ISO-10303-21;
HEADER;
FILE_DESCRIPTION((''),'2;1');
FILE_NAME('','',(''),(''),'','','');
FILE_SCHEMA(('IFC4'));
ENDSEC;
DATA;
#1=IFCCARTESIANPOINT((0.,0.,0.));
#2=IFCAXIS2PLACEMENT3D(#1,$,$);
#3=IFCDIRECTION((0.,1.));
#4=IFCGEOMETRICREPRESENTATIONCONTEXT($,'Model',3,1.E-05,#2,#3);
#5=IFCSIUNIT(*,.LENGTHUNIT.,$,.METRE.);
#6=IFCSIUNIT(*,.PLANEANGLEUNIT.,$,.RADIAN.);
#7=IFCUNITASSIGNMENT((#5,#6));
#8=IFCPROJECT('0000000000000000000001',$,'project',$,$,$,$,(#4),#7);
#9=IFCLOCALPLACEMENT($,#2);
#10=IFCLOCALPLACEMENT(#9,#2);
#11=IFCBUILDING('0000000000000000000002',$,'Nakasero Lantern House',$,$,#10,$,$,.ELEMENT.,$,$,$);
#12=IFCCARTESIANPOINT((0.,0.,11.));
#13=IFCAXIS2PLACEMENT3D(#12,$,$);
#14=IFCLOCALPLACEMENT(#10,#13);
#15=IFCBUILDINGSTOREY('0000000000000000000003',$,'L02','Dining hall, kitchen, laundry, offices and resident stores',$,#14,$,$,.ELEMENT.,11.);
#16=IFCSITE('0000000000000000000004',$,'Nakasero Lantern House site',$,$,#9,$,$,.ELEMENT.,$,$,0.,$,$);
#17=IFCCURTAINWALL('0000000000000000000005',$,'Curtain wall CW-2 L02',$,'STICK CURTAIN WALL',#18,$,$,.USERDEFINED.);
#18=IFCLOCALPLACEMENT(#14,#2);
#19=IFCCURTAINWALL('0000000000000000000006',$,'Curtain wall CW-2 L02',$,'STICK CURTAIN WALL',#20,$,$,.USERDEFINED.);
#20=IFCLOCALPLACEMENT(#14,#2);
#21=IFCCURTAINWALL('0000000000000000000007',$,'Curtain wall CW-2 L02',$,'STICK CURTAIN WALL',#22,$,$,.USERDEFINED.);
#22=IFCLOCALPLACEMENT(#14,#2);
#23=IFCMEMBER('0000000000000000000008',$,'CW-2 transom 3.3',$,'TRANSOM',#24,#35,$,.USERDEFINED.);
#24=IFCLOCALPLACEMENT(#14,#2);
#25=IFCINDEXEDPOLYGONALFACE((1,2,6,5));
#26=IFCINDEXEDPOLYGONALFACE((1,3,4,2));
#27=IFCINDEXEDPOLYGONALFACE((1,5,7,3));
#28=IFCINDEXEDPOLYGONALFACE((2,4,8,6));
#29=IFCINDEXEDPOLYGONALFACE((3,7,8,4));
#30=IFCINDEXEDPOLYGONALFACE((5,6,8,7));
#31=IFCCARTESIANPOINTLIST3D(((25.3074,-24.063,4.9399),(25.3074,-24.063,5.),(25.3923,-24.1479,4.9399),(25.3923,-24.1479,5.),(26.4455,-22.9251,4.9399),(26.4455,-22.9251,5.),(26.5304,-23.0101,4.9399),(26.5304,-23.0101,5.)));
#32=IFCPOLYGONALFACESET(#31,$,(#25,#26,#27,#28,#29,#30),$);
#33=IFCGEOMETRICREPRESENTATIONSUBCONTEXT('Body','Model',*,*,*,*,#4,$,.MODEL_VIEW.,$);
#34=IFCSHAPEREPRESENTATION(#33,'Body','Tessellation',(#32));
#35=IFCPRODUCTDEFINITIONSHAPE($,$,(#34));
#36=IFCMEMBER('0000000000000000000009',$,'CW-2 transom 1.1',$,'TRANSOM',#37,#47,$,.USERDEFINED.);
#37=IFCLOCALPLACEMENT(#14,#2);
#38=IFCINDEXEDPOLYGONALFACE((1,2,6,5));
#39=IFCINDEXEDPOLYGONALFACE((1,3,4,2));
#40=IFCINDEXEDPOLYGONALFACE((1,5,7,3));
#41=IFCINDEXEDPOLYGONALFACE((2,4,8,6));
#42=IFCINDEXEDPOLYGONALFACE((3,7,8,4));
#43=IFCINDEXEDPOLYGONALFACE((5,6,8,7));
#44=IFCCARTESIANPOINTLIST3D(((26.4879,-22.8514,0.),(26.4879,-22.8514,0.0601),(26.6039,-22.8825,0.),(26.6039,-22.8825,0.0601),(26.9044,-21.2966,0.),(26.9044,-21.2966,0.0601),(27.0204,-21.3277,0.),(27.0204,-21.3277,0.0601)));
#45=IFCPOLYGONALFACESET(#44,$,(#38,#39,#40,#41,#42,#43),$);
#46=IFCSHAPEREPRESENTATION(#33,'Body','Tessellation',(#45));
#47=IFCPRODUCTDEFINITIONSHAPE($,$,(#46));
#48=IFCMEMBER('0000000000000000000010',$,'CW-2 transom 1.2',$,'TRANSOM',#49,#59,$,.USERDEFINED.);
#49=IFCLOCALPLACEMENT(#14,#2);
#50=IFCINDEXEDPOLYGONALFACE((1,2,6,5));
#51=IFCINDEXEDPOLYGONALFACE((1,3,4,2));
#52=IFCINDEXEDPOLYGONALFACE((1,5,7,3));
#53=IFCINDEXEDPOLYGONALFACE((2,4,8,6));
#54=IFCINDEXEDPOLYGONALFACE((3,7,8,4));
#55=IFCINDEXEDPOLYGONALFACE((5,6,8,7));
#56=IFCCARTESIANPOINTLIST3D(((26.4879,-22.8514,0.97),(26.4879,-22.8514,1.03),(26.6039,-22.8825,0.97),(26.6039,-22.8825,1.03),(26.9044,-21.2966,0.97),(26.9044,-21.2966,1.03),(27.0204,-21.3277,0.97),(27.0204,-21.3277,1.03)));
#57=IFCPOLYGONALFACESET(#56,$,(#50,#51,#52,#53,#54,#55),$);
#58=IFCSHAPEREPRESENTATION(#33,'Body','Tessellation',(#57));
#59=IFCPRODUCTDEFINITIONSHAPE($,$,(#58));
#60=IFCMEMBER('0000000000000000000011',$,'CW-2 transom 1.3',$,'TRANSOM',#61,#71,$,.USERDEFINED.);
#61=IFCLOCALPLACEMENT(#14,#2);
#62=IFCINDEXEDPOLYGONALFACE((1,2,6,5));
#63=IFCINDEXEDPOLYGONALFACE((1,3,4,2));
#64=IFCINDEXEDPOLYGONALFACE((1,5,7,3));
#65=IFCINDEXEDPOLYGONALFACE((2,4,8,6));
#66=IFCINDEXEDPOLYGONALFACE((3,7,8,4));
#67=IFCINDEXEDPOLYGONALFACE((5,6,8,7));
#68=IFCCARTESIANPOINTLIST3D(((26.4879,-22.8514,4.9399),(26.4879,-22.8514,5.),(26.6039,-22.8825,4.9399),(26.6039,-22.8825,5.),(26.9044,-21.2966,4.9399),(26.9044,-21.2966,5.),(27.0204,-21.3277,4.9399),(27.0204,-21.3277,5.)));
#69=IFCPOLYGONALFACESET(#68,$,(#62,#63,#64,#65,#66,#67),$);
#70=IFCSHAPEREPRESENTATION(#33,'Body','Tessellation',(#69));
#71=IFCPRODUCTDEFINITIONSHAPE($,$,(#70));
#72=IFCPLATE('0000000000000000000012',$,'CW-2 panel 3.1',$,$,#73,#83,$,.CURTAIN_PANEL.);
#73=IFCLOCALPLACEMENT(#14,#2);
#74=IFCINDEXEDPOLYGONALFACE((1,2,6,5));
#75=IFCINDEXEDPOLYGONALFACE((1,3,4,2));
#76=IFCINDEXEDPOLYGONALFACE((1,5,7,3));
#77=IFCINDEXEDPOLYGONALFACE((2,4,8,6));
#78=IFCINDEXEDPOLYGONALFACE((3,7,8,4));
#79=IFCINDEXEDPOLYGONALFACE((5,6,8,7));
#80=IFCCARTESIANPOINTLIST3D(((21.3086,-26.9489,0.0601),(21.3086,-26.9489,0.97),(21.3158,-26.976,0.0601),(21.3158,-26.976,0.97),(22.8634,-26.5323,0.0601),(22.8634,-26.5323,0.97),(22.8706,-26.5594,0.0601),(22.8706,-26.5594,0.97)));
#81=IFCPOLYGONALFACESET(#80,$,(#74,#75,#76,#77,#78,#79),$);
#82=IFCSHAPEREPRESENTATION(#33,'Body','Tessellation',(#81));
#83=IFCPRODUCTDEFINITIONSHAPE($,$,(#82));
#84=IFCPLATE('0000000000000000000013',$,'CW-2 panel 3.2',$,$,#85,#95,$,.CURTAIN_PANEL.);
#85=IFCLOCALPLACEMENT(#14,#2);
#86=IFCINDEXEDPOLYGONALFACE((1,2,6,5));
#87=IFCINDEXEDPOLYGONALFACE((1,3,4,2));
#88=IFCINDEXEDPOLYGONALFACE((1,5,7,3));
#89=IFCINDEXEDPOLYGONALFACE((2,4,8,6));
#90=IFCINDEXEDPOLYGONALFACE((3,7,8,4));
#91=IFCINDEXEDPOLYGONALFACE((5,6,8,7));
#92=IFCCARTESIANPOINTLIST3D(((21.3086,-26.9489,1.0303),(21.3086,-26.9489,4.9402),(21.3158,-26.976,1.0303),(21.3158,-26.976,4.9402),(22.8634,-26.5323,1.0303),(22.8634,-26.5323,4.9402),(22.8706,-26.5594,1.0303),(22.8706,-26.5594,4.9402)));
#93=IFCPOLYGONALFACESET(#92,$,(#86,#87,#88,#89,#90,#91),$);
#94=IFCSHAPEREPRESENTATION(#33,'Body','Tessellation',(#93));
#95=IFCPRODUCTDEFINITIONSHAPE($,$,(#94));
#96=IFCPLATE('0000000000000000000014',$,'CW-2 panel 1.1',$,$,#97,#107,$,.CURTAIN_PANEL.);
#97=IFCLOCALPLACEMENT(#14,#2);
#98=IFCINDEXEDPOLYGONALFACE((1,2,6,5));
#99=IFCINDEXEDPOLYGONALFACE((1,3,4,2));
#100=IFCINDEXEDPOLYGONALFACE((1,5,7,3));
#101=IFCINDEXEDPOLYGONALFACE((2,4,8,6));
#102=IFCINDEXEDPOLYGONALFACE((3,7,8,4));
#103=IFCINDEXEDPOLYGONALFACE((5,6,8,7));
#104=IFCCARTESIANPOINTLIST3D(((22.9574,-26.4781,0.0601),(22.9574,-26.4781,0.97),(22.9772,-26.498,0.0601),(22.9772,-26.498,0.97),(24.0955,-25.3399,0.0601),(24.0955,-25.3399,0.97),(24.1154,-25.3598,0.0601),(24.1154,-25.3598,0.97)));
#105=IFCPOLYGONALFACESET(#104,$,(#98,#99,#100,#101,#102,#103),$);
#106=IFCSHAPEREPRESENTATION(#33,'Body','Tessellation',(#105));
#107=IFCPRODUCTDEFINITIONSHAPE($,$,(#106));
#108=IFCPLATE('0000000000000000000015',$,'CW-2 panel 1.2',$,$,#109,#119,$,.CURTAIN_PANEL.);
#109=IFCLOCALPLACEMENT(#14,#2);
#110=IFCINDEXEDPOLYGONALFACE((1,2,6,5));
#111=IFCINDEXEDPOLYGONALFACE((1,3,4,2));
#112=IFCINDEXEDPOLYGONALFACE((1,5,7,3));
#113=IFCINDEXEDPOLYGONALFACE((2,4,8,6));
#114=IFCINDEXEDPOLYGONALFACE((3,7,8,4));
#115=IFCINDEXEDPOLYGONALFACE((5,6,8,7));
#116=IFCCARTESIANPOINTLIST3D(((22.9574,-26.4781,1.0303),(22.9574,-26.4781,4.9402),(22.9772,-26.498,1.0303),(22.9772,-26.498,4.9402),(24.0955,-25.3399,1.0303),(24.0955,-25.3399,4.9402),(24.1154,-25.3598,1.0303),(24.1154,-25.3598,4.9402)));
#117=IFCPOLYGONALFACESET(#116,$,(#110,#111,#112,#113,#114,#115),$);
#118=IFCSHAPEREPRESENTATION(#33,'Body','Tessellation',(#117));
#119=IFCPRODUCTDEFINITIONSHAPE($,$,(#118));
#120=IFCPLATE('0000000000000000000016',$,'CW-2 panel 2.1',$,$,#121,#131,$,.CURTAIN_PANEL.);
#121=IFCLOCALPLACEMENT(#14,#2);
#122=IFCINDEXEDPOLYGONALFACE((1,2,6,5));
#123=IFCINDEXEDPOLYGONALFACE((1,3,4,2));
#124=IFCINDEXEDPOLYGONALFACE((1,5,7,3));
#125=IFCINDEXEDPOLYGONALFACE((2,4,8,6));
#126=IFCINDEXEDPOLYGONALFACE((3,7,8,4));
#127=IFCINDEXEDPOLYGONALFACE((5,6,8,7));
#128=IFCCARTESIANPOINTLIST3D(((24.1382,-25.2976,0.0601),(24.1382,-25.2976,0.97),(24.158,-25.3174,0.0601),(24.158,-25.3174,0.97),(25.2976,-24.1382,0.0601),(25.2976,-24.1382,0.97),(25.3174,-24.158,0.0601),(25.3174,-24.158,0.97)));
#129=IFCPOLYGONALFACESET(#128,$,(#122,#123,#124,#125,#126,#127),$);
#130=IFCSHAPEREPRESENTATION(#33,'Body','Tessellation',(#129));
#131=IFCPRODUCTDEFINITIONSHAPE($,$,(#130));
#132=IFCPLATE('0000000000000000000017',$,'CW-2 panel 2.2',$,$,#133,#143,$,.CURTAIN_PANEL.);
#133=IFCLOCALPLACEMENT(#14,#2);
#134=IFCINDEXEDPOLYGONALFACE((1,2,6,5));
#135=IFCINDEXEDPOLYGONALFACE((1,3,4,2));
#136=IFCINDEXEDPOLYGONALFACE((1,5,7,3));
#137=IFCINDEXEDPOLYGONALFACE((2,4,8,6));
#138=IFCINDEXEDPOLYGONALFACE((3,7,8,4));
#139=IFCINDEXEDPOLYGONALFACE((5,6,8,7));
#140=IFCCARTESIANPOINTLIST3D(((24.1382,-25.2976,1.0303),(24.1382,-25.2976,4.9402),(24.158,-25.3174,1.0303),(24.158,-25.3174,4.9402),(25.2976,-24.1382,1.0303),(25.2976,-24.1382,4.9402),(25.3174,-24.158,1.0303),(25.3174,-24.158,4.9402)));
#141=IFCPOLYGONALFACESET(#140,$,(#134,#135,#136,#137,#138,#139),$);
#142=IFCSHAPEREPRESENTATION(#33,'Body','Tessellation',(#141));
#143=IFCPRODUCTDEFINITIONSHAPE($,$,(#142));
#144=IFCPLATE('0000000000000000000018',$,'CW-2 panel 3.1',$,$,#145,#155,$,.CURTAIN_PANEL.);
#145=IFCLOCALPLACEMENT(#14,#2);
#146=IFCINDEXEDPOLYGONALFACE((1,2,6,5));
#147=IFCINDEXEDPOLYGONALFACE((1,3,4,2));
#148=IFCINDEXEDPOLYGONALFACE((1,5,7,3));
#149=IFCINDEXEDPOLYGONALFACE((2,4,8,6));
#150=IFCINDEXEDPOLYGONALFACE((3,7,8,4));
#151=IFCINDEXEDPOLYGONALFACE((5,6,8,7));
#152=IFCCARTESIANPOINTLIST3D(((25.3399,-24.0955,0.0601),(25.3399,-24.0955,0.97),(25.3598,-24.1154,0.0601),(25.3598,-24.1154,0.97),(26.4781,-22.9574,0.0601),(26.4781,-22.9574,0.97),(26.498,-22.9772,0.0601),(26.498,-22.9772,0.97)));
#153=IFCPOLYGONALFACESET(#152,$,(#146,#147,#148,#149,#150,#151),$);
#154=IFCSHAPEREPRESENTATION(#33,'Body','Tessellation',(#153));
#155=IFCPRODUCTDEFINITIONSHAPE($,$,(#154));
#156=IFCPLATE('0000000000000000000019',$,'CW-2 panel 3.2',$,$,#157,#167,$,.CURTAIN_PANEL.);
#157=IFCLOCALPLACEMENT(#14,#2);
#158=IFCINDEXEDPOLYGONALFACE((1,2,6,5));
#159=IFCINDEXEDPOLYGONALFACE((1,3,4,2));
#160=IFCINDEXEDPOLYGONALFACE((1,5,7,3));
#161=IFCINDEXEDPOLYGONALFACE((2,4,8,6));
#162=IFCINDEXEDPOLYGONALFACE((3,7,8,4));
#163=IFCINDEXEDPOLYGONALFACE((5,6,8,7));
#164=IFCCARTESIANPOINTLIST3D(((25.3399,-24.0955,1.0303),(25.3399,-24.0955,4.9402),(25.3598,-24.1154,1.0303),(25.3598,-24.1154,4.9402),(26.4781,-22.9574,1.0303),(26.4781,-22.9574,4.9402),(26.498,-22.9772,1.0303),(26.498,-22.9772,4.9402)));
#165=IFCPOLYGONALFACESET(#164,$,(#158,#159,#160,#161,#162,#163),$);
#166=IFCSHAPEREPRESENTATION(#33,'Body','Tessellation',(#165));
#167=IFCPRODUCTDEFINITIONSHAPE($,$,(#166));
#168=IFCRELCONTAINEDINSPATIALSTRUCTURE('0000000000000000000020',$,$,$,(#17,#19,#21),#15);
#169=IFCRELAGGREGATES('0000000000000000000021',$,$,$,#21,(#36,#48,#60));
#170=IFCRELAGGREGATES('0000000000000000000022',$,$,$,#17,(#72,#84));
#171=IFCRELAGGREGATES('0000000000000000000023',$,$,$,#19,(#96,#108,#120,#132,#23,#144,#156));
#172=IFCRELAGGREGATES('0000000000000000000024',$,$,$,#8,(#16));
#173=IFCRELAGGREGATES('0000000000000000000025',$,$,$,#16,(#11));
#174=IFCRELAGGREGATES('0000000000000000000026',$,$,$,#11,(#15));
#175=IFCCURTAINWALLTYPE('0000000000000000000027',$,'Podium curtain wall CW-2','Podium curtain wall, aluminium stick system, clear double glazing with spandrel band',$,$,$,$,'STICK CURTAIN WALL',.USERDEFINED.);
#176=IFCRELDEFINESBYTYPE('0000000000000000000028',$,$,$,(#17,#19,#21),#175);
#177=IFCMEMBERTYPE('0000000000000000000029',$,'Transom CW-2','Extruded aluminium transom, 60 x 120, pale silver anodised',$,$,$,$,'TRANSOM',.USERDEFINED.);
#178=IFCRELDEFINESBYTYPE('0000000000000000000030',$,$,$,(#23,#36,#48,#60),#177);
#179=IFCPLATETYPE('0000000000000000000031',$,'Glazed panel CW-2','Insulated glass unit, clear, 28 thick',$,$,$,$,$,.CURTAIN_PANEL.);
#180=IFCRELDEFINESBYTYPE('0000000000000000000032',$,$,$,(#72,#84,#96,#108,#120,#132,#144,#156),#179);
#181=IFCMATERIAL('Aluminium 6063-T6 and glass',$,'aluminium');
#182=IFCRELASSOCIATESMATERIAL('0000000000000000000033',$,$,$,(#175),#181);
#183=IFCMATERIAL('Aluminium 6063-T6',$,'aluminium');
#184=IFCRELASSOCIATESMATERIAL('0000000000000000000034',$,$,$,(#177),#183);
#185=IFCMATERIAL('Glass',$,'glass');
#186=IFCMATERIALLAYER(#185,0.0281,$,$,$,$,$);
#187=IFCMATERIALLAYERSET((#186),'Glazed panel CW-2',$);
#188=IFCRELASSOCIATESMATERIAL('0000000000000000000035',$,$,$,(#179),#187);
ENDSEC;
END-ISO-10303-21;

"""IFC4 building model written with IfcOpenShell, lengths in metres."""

from ifc_helpers import new_model, si_unit, direction, frame, origin, origin_2d, place, context, subcontext, project, spatial, rectangle, extrude, material, layer, layer_set, material_profile, profile_set, type_object, element, aggregate, save


model = new_model("IFC4")

# Units and contexts
model_context = context("Model", 3, precision=1e-05, world=origin(), true_north=direction((0.0, 1.0)))
body_context = subcontext(model_context, "Body", "Model", "MODEL_VIEW")
ifc_project = project(units=[si_unit("LENGTHUNIT", "METRE"), si_unit("PLANEANGLEUNIT", "RADIAN")], contexts=[model_context])

# Site, building, storey
site_placement = place(None, origin())
site = spatial("IfcSite", under=ifc_project, at=site_placement, Name="Nakasero Lantern House site", CompositionType="ELEMENT", RefElevation=0.0)
building_placement = place(site_placement, origin())
building = spatial("IfcBuilding", under=site, at=building_placement, Name="Nakasero Lantern House", CompositionType="ELEMENT")
storey_placement = place(building_placement, frame((0.0, 0.0, 11.0)))
storey = spatial("IfcBuildingStorey", under=building, at=storey_placement, Name="L02", Description="Dining hall, kitchen, laundry, offices and resident stores", CompositionType="ELEMENT", Elevation=11.0)

# Curtain walls
ifc_material_1 = material(Name="Aluminium 6063-T6 and glass", Category="aluminium")
curtain_wall_type = type_object("IfcCurtainWallType", Name="Podium curtain wall CW-2", Description="Podium curtain wall, aluminium stick system, clear double glazing with spandrel band", ElementType="STICK CURTAIN WALL", PredefinedType="USERDEFINED", material=ifc_material_1)
curtain_wall_1_placement = place(storey_placement, origin())
curtain_wall_1 = element("IfcCurtainWall", 1, at=curtain_wall_1_placement, inside=storey, type_object=curtain_wall_type, Name="Curtain wall CW-2 L02", ObjectType="STICK CURTAIN WALL", PredefinedType="USERDEFINED")
curtain_wall_2_placement = place(storey_placement, origin())
curtain_wall_2 = element("IfcCurtainWall", 2, at=curtain_wall_2_placement, inside=storey, type_object=curtain_wall_type, Name="Curtain wall CW-2 L02", ObjectType="STICK CURTAIN WALL", PredefinedType="USERDEFINED")

# Curtain wall
curtain_wall_3_placement = place(storey_placement, origin())
curtain_wall_3 = element("IfcCurtainWall", 3, at=curtain_wall_3_placement, inside=storey, type_object=curtain_wall_type, Name="Curtain wall CW-2 L02", ObjectType="STICK CURTAIN WALL", PredefinedType="USERDEFINED")

# Members
ifc_material_2 = material(Name="Aluminium 6063-T6", Category="aluminium")
ifc_material_profile_1 = material_profile(ifc_material_2, rectangle(XDim=0.0601, YDim=0.1201, at=origin_2d()), Name="CW-2 transom 60x120")
ifc_profile_set_1 = profile_set([ifc_material_profile_1], Name="Aluminium 6063-T6")
member_type_1 = type_object("IfcMemberType", Name="Transom CW-2", Description="Extruded aluminium transom, 60 x 120, pale silver anodised", ElementType="TRANSOM", PredefinedType="USERDEFINED", material=ifc_profile_set_1)
member_1_placement = place(storey_placement, frame((25.3499, -24.1055, 4.97), z_axis=(0.707183, 0.707031, 0.0), x_axis=(0.0, 0.0, 1.0)))
member_1 = element("IfcMember", 4, at=member_1_placement, type_object=member_type_1, Name="CW-2 transom 3.3", ObjectType="TRANSOM", PredefinedType="USERDEFINED", context=body_context, shape_type="SweptSolid", body=[
    extrude(rectangle(XDim=0.0601, YDim=0.1201, at=origin_2d()), origin(), (0.0, 0.0, 1.0), 1.6094),
])
member_2_placement = place(storey_placement, frame((26.5459, -22.8669, 0.03), z_axis=(0.258777, 0.965937, 0.0), x_axis=(0.0, 0.0, 1.0)))
member_2 = element("IfcMember", 5, at=member_2_placement, type_object=member_type_1, Name="CW-2 transom 1.1", ObjectType="TRANSOM", PredefinedType="USERDEFINED", context=body_context, shape_type="SweptSolid", body=[
    extrude(rectangle(XDim=0.0601, YDim=0.1201, at=origin_2d()), origin(), (0.0, 0.0, 1.0), 1.6096),
])
member_3_placement = place(storey_placement, frame((26.5459, -22.8669, 1.0), z_axis=(0.258777, 0.965937, 0.0), x_axis=(0.0, 0.0, 1.0)))
member_3 = element("IfcMember", 6, at=member_3_placement, type_object=member_type_1, Name="CW-2 transom 1.2", ObjectType="TRANSOM", PredefinedType="USERDEFINED", context=body_context, shape_type="SweptSolid", body=[
    extrude(rectangle(XDim=0.0601, YDim=0.1201, at=origin_2d()), origin(), (0.0, 0.0, 1.0), 1.6096),
])
member_4_placement = place(storey_placement, frame((26.5459, -22.8669, 4.97), z_axis=(0.258777, 0.965937, 0.0), x_axis=(0.0, 0.0, 1.0)))
member_4 = element("IfcMember", 7, at=member_4_placement, type_object=member_type_1, Name="CW-2 transom 1.3", ObjectType="TRANSOM", PredefinedType="USERDEFINED", context=body_context, shape_type="SweptSolid", body=[
    extrude(rectangle(XDim=0.0601, YDim=0.1201, at=origin_2d()), origin(), (0.0, 0.0, 1.0), 1.6096),
])
aggregate(curtain_wall_3, [member_2, member_3, member_4])

# Plates
ifc_material_3 = material(Name="Glass", Category="glass")
ifc_layer = layer(ifc_material_3, 0.0281)
ifc_layer_set = layer_set([ifc_layer], Name="Glazed panel CW-2")
plate_type = type_object("IfcPlateType", Name="Glazed panel CW-2", Description="Insulated glass unit, clear, 28 thick", PredefinedType="CURTAIN_PANEL", material=ifc_layer_set)
plate_1_placement = place(storey_placement, frame((22.0896, -26.7542, 0.0601), z_axis=(0.0, 0.0, 1.0), x_axis=(0.965926, 0.258819, 0.0)))
plate_1 = element("IfcPlate", 8, at=plate_1_placement, type_object=plate_type, Name="CW-2 panel 3.1", PredefinedType="CURTAIN_PANEL", context=body_context, shape_type="SweptSolid", body=[
    extrude(rectangle(XDim=1.6096, YDim=0.0281, at=origin_2d()), origin(), (0.0, 0.0, 1.0), 0.9099),
])
plate_2_placement = place(storey_placement, frame((22.0896, -26.7542, 1.0303), z_axis=(0.0, 0.0, 1.0), x_axis=(0.965926, 0.258819, 0.0)))
plate_2 = element("IfcPlate", 9, at=plate_2_placement, type_object=plate_type, Name="CW-2 panel 3.2", PredefinedType="CURTAIN_PANEL", context=body_context, shape_type="SweptSolid", body=[
    extrude(rectangle(XDim=1.6096, YDim=0.0281, at=origin_2d()), origin(), (0.0, 0.0, 1.0), 3.9099),
])
aggregate(curtain_wall_1, [plate_1, plate_2])
plate_3_placement = place(storey_placement, frame((23.5364, -25.9189, 0.0601), z_axis=(0.0, 0.0, 1.0), x_axis=(0.707107, 0.707107, 0.0)))
plate_3 = element("IfcPlate", 10, at=plate_3_placement, type_object=plate_type, Name="CW-2 panel 1.1", PredefinedType="CURTAIN_PANEL", context=body_context, shape_type="SweptSolid", body=[
    extrude(rectangle(XDim=1.6096, YDim=0.0281, at=origin_2d()), origin(), (0.0, 0.0, 1.0), 0.9099),
])
plate_4_placement = place(storey_placement, frame((23.5364, -25.9189, 1.0303), z_axis=(0.0, 0.0, 1.0), x_axis=(0.707107, 0.707107, 0.0)))
plate_4 = element("IfcPlate", 11, at=plate_4_placement, type_object=plate_type, Name="CW-2 panel 1.2", PredefinedType="CURTAIN_PANEL", context=body_context, shape_type="SweptSolid", body=[
    extrude(rectangle(XDim=1.6096, YDim=0.0281, at=origin_2d()), origin(), (0.0, 0.0, 1.0), 3.9099),
])
plate_5_placement = place(storey_placement, frame((24.7278, -24.7278, 0.0601), z_axis=(0.0, 0.0, 1.0), x_axis=(0.707107, 0.707107, 0.0)))
plate_5 = element("IfcPlate", 12, at=plate_5_placement, type_object=plate_type, Name="CW-2 panel 2.1", PredefinedType="CURTAIN_PANEL", context=body_context, shape_type="SweptSolid", body=[
    extrude(rectangle(XDim=1.6396, YDim=0.0281, at=origin_2d()), origin(), (0.0, 0.0, 1.0), 0.9099),
])
plate_6_placement = place(storey_placement, frame((24.7278, -24.7278, 1.0303), z_axis=(0.0, 0.0, 1.0), x_axis=(0.707107, 0.707107, 0.0)))
plate_6 = element("IfcPlate", 13, at=plate_6_placement, type_object=plate_type, Name="CW-2 panel 2.2", PredefinedType="CURTAIN_PANEL", context=body_context, shape_type="SweptSolid", body=[
    extrude(rectangle(XDim=1.6396, YDim=0.0281, at=origin_2d()), origin(), (0.0, 0.0, 1.0), 3.9099),
])
plate_7_placement = place(storey_placement, frame((25.9189, -23.5364, 0.0601), z_axis=(0.0, 0.0, 1.0), x_axis=(0.707107, 0.707107, 0.0)))
plate_7 = element("IfcPlate", 14, at=plate_7_placement, type_object=plate_type, Name="CW-2 panel 3.1", PredefinedType="CURTAIN_PANEL", context=body_context, shape_type="SweptSolid", body=[
    extrude(rectangle(XDim=1.6096, YDim=0.0281, at=origin_2d()), origin(), (0.0, 0.0, 1.0), 0.9099),
])
plate_8_placement = place(storey_placement, frame((25.9189, -23.5364, 1.0303), z_axis=(0.0, 0.0, 1.0), x_axis=(0.707107, 0.707107, 0.0)))
plate_8 = element("IfcPlate", 15, at=plate_8_placement, type_object=plate_type, Name="CW-2 panel 3.2", PredefinedType="CURTAIN_PANEL", context=body_context, shape_type="SweptSolid", body=[
    extrude(rectangle(XDim=1.6096, YDim=0.0281, at=origin_2d()), origin(), (0.0, 0.0, 1.0), 3.9099),
])
aggregate(curtain_wall_2, [plate_3, plate_4, plate_5, plate_6, member_1, plate_7, plate_8])

save(model, "model.ifc")
